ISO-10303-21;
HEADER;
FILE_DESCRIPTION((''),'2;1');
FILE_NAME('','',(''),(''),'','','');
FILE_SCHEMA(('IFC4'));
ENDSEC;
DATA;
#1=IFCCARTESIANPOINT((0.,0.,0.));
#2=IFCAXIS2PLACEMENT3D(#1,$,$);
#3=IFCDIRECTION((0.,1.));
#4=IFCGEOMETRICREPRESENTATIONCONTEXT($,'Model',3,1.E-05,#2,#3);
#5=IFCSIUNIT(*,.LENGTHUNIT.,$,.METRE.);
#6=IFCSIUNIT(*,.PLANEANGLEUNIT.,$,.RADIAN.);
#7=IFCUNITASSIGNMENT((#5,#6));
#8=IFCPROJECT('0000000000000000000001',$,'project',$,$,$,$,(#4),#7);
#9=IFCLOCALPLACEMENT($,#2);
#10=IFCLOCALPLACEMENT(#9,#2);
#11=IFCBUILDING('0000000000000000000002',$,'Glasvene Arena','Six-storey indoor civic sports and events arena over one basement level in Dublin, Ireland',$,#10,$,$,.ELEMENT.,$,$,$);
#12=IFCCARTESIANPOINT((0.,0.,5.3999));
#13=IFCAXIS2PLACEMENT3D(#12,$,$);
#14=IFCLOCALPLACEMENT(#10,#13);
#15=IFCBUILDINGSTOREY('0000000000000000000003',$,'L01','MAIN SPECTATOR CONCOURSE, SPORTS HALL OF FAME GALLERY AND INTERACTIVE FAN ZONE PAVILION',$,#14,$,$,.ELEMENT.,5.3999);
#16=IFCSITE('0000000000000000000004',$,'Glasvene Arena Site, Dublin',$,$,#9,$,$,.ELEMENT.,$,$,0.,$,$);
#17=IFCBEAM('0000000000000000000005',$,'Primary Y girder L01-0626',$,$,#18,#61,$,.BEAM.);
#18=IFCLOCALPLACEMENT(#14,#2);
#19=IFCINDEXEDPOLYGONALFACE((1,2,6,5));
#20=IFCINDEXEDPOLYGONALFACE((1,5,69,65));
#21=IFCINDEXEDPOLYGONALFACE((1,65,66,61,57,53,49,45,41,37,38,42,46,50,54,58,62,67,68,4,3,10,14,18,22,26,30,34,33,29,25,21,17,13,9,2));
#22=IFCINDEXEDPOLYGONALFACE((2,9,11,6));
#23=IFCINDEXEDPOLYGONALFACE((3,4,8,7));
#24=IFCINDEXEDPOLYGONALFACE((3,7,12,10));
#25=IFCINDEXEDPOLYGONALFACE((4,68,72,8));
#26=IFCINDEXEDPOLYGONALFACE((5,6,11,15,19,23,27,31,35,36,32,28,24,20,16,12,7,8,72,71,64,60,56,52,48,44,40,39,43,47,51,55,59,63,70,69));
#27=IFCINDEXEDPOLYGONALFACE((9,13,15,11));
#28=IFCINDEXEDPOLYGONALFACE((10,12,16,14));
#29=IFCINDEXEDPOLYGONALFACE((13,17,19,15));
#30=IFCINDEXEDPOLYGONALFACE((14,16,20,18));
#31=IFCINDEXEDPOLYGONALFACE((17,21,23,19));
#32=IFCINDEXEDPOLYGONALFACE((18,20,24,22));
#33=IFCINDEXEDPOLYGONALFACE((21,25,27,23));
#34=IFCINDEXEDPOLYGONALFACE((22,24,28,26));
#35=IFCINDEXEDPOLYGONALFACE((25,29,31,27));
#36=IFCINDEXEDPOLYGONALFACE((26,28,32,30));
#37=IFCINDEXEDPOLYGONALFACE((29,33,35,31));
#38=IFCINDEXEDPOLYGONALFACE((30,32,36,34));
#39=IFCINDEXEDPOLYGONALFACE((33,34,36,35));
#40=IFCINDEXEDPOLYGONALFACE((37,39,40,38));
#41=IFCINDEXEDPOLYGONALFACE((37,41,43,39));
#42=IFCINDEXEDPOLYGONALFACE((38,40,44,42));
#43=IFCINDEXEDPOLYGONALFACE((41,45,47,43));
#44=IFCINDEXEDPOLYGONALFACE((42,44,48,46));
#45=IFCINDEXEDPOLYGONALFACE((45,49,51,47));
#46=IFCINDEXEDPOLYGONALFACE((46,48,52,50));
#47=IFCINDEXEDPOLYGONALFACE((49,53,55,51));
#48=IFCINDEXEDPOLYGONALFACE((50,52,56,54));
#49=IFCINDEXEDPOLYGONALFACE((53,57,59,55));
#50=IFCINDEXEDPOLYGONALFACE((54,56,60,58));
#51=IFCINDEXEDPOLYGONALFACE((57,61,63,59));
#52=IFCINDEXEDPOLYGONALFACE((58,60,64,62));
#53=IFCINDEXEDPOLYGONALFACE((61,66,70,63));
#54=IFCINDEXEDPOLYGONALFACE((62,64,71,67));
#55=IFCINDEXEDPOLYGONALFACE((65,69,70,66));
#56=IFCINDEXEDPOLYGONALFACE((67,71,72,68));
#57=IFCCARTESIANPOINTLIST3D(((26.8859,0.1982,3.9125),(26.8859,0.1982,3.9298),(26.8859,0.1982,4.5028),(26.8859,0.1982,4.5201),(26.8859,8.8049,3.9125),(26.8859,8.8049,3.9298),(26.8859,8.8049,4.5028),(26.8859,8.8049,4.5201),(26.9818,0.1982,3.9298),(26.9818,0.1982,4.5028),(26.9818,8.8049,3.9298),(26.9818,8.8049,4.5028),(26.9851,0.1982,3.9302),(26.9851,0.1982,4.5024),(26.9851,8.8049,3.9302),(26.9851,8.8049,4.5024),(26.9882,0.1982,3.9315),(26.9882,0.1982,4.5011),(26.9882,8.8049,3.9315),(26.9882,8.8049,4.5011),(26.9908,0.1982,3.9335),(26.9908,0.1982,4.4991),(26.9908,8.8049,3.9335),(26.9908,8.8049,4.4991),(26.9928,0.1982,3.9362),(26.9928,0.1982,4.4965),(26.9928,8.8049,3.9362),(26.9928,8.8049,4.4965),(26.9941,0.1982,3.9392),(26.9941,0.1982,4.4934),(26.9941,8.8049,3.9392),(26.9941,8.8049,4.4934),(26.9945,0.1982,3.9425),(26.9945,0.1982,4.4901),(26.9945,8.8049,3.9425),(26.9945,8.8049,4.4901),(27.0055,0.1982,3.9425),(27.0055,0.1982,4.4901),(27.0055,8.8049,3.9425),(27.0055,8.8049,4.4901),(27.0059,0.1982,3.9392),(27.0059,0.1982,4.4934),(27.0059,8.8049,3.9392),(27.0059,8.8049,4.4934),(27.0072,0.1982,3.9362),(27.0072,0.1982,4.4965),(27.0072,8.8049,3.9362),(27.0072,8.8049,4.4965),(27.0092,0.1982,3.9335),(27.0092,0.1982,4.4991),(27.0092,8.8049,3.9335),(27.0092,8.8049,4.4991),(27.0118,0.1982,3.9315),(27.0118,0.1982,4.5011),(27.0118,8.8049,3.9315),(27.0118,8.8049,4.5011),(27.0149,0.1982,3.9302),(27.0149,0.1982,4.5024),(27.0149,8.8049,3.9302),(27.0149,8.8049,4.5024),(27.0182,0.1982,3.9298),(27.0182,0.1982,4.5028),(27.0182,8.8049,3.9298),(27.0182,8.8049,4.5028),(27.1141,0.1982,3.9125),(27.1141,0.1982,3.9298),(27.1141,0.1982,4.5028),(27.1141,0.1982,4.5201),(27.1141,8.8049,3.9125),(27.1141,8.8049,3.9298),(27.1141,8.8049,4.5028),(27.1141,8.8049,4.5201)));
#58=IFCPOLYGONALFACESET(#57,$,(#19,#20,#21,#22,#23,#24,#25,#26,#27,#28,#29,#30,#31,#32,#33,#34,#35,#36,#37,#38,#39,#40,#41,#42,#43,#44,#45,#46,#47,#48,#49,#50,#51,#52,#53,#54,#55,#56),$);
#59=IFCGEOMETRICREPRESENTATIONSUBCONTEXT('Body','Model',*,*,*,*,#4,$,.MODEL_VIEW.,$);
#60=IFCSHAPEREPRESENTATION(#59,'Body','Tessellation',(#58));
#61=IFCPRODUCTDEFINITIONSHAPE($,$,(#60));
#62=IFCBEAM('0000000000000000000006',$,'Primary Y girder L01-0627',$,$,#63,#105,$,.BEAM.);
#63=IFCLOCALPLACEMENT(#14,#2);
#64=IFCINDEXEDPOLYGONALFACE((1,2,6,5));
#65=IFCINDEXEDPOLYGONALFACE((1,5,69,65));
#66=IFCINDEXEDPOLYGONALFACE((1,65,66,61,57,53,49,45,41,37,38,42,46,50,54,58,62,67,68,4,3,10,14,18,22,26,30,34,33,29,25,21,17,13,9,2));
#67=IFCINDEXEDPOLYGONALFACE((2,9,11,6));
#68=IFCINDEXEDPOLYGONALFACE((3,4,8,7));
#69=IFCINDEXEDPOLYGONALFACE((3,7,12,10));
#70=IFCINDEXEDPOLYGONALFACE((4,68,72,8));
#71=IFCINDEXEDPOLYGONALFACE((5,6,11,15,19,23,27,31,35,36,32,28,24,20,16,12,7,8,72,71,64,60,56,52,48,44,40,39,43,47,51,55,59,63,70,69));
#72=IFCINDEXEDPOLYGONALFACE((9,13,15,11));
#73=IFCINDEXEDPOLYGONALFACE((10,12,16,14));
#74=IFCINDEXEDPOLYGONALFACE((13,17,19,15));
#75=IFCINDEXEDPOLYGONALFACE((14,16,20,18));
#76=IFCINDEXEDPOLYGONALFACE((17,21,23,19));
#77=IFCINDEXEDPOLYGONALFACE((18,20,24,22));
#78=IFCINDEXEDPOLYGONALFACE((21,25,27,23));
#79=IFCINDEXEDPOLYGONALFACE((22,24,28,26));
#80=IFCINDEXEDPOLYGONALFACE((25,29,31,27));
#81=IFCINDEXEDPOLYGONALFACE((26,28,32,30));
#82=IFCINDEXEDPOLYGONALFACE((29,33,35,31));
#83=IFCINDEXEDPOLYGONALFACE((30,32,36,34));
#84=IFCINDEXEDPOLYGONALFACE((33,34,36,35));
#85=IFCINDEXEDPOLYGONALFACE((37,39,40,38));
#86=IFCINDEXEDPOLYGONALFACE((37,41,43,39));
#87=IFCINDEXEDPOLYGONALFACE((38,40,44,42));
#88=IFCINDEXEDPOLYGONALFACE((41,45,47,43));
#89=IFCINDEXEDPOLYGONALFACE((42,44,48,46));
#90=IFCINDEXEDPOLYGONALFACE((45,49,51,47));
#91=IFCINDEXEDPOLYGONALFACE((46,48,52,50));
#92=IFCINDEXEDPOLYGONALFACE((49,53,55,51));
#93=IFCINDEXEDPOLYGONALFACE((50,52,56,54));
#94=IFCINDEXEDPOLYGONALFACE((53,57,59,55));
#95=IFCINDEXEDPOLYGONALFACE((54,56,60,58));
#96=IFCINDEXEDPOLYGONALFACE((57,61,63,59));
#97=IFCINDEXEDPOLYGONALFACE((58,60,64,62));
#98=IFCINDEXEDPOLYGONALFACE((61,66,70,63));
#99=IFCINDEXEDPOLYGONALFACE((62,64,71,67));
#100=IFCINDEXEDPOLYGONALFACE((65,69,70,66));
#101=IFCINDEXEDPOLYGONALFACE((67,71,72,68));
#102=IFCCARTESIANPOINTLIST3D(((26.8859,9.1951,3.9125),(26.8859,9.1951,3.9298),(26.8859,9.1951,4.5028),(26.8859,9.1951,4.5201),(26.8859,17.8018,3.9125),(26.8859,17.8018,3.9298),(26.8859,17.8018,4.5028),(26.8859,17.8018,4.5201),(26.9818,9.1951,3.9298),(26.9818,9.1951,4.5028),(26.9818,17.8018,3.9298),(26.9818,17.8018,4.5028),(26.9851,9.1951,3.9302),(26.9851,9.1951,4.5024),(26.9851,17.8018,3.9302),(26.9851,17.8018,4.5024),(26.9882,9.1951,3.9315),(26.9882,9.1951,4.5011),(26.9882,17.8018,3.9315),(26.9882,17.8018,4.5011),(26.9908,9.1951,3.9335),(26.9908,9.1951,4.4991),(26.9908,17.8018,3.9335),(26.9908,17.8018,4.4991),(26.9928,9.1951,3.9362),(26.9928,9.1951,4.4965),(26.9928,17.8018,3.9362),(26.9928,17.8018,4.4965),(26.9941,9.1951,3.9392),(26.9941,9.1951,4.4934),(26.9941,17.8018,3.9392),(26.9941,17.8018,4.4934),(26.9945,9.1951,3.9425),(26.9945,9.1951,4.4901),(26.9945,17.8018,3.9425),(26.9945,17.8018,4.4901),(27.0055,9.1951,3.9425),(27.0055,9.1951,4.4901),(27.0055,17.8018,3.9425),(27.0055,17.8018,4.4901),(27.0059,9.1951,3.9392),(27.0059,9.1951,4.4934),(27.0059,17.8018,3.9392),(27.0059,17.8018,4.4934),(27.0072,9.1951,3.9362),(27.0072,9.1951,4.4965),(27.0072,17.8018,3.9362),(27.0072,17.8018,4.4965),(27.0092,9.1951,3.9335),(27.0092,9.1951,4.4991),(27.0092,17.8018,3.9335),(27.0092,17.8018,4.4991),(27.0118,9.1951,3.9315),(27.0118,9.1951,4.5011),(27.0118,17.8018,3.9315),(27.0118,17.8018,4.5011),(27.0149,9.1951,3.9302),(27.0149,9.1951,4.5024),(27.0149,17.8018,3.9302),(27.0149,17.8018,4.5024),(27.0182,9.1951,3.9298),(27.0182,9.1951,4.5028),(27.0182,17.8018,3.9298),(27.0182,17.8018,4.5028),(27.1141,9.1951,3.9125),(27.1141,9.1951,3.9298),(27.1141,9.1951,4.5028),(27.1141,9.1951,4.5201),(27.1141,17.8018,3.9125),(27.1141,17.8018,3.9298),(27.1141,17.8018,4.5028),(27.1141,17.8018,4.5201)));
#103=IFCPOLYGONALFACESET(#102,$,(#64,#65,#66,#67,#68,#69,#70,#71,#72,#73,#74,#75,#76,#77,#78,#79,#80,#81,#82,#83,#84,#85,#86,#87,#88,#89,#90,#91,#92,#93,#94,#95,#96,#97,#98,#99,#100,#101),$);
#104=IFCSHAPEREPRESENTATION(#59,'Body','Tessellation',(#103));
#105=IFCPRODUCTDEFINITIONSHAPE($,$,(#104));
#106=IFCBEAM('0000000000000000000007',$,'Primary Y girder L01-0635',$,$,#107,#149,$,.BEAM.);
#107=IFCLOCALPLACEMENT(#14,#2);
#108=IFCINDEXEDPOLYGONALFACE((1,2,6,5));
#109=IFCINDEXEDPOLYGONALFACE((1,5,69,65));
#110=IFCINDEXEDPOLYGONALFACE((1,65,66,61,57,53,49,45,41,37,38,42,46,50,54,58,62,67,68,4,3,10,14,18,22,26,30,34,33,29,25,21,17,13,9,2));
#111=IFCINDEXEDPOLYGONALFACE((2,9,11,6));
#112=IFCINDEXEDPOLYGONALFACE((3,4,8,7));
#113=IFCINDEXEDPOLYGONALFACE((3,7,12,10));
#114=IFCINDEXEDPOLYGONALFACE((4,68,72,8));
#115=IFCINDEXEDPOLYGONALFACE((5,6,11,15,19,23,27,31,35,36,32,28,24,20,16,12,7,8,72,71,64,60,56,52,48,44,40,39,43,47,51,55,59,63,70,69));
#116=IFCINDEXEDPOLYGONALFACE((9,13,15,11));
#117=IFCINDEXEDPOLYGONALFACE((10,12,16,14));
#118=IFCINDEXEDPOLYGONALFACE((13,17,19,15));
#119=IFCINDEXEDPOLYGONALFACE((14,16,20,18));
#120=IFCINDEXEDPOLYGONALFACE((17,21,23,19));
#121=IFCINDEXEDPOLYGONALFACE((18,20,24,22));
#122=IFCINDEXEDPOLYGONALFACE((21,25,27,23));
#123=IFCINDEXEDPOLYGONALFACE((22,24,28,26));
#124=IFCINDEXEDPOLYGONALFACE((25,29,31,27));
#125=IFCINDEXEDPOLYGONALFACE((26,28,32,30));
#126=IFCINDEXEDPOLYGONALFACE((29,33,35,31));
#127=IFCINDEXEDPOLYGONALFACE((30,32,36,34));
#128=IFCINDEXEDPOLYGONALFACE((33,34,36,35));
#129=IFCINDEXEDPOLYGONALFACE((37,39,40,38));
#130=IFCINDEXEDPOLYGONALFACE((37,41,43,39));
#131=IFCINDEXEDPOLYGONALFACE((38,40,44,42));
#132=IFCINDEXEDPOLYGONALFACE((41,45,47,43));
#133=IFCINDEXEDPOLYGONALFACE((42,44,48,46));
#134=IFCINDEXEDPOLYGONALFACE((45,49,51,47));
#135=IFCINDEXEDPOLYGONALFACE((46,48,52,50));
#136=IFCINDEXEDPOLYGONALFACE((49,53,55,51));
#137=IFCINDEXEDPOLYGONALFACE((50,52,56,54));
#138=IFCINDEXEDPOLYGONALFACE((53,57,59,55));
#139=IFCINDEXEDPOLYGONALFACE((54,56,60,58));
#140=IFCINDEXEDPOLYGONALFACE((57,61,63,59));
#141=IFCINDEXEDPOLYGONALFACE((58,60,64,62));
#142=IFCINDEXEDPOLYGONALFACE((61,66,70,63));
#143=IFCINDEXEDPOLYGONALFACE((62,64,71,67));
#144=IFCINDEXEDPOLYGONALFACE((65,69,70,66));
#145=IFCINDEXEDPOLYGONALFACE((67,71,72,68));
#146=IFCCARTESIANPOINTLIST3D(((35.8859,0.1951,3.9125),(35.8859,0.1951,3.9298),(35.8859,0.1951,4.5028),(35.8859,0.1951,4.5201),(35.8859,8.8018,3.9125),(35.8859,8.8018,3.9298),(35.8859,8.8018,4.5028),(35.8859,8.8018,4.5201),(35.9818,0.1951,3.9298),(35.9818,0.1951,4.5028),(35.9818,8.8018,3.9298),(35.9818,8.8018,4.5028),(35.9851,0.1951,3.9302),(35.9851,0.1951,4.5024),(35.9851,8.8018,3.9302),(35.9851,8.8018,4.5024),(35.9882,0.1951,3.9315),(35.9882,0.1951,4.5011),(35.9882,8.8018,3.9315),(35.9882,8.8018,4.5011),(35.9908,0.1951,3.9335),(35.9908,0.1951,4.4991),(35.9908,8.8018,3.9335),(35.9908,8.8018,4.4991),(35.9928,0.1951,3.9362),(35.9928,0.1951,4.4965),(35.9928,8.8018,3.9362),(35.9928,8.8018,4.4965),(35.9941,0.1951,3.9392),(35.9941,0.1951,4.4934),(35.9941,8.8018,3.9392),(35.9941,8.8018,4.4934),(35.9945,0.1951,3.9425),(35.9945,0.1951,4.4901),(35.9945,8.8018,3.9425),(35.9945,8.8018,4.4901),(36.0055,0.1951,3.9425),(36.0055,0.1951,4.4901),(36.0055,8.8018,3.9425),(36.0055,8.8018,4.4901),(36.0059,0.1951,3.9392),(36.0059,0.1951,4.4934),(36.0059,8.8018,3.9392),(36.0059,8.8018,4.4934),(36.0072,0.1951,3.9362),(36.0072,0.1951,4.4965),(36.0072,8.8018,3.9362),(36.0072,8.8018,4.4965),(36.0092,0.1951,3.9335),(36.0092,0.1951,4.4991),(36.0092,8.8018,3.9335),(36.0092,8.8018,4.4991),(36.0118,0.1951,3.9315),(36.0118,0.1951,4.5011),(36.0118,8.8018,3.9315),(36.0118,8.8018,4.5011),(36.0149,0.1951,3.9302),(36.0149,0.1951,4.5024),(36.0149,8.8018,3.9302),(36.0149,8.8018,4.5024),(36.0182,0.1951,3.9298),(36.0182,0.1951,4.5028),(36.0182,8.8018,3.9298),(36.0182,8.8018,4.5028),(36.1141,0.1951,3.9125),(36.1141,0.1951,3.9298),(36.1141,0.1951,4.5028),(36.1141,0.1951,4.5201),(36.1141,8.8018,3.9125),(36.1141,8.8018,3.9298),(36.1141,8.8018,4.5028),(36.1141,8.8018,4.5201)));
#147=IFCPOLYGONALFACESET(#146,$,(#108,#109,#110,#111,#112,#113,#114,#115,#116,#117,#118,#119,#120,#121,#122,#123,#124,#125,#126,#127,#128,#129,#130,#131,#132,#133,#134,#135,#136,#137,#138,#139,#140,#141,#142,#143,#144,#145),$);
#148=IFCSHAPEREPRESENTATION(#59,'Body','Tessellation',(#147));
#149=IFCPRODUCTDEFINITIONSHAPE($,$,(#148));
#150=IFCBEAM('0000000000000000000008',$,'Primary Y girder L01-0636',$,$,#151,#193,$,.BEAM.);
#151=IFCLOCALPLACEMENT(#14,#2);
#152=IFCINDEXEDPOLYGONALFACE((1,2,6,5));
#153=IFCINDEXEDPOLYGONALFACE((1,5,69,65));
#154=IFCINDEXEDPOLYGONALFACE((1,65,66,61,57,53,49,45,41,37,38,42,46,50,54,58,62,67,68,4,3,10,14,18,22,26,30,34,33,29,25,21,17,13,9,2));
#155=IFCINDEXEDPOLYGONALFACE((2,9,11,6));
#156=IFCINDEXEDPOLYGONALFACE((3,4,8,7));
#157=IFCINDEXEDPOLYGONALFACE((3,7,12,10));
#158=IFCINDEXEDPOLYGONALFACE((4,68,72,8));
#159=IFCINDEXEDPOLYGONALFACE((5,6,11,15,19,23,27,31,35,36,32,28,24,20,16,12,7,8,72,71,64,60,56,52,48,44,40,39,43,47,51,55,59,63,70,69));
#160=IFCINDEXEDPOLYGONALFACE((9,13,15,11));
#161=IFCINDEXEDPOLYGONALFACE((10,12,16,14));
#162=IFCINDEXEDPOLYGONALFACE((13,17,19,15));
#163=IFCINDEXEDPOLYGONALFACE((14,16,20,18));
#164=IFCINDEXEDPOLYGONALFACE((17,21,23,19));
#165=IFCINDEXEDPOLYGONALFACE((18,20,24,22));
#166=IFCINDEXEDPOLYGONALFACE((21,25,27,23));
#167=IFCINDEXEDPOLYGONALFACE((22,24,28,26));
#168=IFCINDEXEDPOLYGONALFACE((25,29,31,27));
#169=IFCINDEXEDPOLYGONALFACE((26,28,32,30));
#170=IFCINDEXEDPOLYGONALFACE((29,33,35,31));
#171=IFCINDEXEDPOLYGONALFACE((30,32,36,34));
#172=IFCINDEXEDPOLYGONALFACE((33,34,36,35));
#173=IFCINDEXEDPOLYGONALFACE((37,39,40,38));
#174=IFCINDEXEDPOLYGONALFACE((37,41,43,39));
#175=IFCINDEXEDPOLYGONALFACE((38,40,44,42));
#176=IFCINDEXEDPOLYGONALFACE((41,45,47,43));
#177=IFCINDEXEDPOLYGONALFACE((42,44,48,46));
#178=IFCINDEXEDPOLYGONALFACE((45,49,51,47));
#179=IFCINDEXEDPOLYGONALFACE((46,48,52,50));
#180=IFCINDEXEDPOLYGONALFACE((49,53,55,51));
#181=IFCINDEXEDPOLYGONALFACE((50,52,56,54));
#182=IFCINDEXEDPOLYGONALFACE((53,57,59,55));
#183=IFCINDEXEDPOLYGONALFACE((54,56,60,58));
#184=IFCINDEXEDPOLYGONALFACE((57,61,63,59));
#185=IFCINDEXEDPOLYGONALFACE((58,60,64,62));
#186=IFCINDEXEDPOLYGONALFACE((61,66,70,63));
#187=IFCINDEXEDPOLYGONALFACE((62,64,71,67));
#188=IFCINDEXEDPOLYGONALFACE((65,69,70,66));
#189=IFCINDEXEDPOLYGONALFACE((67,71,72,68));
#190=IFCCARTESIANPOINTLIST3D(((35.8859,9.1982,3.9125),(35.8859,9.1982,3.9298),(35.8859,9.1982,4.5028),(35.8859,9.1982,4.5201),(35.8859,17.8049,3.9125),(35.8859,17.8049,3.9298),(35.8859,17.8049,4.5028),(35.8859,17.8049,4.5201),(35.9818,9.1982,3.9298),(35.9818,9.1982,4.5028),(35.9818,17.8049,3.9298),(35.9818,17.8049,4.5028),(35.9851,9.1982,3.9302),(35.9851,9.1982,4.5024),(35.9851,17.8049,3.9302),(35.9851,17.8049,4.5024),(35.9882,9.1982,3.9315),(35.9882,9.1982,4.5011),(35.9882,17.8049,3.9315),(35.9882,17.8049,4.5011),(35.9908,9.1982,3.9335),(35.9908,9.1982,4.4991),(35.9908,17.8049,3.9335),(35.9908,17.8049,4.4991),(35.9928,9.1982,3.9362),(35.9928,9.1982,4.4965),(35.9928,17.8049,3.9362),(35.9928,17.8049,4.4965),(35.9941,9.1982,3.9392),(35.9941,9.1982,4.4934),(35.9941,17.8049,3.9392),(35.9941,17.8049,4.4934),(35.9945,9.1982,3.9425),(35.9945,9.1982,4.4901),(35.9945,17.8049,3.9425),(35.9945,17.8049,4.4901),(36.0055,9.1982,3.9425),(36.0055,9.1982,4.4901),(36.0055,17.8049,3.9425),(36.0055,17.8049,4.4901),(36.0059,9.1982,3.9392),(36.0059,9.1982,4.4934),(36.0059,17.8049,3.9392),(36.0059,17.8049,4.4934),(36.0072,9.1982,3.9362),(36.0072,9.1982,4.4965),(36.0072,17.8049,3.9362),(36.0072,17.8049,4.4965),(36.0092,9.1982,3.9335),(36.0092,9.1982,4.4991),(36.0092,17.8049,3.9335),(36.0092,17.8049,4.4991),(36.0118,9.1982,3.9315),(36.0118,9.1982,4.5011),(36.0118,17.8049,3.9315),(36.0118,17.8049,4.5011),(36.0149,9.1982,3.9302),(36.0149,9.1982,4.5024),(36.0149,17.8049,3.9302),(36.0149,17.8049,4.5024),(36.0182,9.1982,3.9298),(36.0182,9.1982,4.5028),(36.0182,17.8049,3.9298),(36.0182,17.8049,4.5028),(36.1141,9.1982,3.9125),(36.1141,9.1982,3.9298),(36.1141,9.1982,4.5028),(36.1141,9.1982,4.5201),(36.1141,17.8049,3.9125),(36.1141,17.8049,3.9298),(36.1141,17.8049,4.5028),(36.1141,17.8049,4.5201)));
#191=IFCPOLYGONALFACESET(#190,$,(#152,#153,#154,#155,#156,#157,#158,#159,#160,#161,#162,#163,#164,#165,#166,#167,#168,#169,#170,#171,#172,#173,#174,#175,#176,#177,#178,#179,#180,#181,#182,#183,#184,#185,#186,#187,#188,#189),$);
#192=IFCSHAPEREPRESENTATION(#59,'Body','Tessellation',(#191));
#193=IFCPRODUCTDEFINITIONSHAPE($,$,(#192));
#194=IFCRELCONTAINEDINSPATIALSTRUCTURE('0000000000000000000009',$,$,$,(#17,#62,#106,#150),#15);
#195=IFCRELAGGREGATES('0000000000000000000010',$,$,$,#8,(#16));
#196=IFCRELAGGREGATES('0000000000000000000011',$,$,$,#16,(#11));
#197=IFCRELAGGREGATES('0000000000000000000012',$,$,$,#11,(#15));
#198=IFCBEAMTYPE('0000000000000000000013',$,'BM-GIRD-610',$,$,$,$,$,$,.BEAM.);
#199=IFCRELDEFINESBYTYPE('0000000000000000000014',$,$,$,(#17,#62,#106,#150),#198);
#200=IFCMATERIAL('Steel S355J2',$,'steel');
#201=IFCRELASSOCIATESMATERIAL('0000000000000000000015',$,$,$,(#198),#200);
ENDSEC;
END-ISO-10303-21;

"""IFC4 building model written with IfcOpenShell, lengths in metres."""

from ifc_helpers import new_model, si_unit, direction, frame, origin, origin_2d, place, context, subcontext, project, spatial, i_section, extrude, material, material_profile, profile_set, type_object, element, save


model = new_model("IFC4")

# Units and contexts
model_context = context("Model", 3, precision=1e-05, world=origin(), true_north=direction((0.0, 1.0)))
body_context = subcontext(model_context, "Body", "Model", "MODEL_VIEW")
ifc_project = project(units=[si_unit("LENGTHUNIT", "METRE"), si_unit("PLANEANGLEUNIT", "RADIAN")], contexts=[model_context])

# Site, building, storey
site_placement = place(None, origin())
site = spatial("IfcSite", under=ifc_project, at=site_placement, Name="Glasvene Arena Site, Dublin", CompositionType="ELEMENT", RefElevation=0.0)
building_placement = place(site_placement, origin())
building = spatial("IfcBuilding", under=site, at=building_placement, Name="Glasvene Arena", Description="Six-storey indoor civic sports and events arena over one basement level in Dublin, Ireland", CompositionType="ELEMENT")
storey_placement = place(building_placement, frame((0.0, 0.0, 5.3999)))
storey = spatial("IfcBuildingStorey", under=building, at=storey_placement, Name="L01", Description="MAIN SPECTATOR CONCOURSE, SPORTS HALL OF FAME GALLERY AND INTERACTIVE FAN ZONE PAVILION", CompositionType="ELEMENT", Elevation=5.3999)

# Shared definitions
ifc_material_1 = material(Name="Steel S355J2", Category="steel")

# Beams
ifc_material_profile_1 = material_profile(ifc_material_1, i_section(OverallWidth=0.2283, OverallDepth=0.6077, WebThickness=0.011, FlangeThickness=0.0173, FilletRadius=0.0127, at=origin_2d()), Name="UKB 610x229x113")
ifc_profile_set_1 = profile_set([ifc_material_profile_1], Name="Steel S355J2")
beam_type_1 = type_object("IfcBeamType", Name="BM-GIRD-610", PredefinedType="BEAM", material=ifc_profile_set_1)
for number, where, z_axis, x_axis, name in (
    (1, (27.0, 0.1982, 4.2163), (0.0, 1.0, 0.0), (-1.0, 0.0, 0.0), "Primary Y girder L01-0626"),
    (2, (27.0, 9.1951, 4.2163), (0.0, 1.0, 0.0), (-1.0, 0.0, 0.0), "Primary Y girder L01-0627"),
    (3, (36.0, 0.1951, 4.2163), (0.0, 1.0, 0.0), (-1.0, 0.0, 0.0), "Primary Y girder L01-0635"),
    (4, (36.0, 9.1982, 4.2163), (0.0, 1.0, 0.0), (-1.0, 0.0, 0.0), "Primary Y girder L01-0636"),
):
    element("IfcBeam", number, at=place(storey_placement, frame(where, z_axis=z_axis, x_axis=x_axis)), inside=storey, type_object=beam_type_1, Name=name, PredefinedType="BEAM", context=body_context, shape_type="SweptSolid", body=[
        extrude(i_section(OverallWidth=0.2283, OverallDepth=0.6077, WebThickness=0.011, FlangeThickness=0.0173, FilletRadius=0.0127, at=origin_2d()), origin(), (0.0, 0.0, 1.0), 8.6067),
    ])

save(model, "model.ifc")
